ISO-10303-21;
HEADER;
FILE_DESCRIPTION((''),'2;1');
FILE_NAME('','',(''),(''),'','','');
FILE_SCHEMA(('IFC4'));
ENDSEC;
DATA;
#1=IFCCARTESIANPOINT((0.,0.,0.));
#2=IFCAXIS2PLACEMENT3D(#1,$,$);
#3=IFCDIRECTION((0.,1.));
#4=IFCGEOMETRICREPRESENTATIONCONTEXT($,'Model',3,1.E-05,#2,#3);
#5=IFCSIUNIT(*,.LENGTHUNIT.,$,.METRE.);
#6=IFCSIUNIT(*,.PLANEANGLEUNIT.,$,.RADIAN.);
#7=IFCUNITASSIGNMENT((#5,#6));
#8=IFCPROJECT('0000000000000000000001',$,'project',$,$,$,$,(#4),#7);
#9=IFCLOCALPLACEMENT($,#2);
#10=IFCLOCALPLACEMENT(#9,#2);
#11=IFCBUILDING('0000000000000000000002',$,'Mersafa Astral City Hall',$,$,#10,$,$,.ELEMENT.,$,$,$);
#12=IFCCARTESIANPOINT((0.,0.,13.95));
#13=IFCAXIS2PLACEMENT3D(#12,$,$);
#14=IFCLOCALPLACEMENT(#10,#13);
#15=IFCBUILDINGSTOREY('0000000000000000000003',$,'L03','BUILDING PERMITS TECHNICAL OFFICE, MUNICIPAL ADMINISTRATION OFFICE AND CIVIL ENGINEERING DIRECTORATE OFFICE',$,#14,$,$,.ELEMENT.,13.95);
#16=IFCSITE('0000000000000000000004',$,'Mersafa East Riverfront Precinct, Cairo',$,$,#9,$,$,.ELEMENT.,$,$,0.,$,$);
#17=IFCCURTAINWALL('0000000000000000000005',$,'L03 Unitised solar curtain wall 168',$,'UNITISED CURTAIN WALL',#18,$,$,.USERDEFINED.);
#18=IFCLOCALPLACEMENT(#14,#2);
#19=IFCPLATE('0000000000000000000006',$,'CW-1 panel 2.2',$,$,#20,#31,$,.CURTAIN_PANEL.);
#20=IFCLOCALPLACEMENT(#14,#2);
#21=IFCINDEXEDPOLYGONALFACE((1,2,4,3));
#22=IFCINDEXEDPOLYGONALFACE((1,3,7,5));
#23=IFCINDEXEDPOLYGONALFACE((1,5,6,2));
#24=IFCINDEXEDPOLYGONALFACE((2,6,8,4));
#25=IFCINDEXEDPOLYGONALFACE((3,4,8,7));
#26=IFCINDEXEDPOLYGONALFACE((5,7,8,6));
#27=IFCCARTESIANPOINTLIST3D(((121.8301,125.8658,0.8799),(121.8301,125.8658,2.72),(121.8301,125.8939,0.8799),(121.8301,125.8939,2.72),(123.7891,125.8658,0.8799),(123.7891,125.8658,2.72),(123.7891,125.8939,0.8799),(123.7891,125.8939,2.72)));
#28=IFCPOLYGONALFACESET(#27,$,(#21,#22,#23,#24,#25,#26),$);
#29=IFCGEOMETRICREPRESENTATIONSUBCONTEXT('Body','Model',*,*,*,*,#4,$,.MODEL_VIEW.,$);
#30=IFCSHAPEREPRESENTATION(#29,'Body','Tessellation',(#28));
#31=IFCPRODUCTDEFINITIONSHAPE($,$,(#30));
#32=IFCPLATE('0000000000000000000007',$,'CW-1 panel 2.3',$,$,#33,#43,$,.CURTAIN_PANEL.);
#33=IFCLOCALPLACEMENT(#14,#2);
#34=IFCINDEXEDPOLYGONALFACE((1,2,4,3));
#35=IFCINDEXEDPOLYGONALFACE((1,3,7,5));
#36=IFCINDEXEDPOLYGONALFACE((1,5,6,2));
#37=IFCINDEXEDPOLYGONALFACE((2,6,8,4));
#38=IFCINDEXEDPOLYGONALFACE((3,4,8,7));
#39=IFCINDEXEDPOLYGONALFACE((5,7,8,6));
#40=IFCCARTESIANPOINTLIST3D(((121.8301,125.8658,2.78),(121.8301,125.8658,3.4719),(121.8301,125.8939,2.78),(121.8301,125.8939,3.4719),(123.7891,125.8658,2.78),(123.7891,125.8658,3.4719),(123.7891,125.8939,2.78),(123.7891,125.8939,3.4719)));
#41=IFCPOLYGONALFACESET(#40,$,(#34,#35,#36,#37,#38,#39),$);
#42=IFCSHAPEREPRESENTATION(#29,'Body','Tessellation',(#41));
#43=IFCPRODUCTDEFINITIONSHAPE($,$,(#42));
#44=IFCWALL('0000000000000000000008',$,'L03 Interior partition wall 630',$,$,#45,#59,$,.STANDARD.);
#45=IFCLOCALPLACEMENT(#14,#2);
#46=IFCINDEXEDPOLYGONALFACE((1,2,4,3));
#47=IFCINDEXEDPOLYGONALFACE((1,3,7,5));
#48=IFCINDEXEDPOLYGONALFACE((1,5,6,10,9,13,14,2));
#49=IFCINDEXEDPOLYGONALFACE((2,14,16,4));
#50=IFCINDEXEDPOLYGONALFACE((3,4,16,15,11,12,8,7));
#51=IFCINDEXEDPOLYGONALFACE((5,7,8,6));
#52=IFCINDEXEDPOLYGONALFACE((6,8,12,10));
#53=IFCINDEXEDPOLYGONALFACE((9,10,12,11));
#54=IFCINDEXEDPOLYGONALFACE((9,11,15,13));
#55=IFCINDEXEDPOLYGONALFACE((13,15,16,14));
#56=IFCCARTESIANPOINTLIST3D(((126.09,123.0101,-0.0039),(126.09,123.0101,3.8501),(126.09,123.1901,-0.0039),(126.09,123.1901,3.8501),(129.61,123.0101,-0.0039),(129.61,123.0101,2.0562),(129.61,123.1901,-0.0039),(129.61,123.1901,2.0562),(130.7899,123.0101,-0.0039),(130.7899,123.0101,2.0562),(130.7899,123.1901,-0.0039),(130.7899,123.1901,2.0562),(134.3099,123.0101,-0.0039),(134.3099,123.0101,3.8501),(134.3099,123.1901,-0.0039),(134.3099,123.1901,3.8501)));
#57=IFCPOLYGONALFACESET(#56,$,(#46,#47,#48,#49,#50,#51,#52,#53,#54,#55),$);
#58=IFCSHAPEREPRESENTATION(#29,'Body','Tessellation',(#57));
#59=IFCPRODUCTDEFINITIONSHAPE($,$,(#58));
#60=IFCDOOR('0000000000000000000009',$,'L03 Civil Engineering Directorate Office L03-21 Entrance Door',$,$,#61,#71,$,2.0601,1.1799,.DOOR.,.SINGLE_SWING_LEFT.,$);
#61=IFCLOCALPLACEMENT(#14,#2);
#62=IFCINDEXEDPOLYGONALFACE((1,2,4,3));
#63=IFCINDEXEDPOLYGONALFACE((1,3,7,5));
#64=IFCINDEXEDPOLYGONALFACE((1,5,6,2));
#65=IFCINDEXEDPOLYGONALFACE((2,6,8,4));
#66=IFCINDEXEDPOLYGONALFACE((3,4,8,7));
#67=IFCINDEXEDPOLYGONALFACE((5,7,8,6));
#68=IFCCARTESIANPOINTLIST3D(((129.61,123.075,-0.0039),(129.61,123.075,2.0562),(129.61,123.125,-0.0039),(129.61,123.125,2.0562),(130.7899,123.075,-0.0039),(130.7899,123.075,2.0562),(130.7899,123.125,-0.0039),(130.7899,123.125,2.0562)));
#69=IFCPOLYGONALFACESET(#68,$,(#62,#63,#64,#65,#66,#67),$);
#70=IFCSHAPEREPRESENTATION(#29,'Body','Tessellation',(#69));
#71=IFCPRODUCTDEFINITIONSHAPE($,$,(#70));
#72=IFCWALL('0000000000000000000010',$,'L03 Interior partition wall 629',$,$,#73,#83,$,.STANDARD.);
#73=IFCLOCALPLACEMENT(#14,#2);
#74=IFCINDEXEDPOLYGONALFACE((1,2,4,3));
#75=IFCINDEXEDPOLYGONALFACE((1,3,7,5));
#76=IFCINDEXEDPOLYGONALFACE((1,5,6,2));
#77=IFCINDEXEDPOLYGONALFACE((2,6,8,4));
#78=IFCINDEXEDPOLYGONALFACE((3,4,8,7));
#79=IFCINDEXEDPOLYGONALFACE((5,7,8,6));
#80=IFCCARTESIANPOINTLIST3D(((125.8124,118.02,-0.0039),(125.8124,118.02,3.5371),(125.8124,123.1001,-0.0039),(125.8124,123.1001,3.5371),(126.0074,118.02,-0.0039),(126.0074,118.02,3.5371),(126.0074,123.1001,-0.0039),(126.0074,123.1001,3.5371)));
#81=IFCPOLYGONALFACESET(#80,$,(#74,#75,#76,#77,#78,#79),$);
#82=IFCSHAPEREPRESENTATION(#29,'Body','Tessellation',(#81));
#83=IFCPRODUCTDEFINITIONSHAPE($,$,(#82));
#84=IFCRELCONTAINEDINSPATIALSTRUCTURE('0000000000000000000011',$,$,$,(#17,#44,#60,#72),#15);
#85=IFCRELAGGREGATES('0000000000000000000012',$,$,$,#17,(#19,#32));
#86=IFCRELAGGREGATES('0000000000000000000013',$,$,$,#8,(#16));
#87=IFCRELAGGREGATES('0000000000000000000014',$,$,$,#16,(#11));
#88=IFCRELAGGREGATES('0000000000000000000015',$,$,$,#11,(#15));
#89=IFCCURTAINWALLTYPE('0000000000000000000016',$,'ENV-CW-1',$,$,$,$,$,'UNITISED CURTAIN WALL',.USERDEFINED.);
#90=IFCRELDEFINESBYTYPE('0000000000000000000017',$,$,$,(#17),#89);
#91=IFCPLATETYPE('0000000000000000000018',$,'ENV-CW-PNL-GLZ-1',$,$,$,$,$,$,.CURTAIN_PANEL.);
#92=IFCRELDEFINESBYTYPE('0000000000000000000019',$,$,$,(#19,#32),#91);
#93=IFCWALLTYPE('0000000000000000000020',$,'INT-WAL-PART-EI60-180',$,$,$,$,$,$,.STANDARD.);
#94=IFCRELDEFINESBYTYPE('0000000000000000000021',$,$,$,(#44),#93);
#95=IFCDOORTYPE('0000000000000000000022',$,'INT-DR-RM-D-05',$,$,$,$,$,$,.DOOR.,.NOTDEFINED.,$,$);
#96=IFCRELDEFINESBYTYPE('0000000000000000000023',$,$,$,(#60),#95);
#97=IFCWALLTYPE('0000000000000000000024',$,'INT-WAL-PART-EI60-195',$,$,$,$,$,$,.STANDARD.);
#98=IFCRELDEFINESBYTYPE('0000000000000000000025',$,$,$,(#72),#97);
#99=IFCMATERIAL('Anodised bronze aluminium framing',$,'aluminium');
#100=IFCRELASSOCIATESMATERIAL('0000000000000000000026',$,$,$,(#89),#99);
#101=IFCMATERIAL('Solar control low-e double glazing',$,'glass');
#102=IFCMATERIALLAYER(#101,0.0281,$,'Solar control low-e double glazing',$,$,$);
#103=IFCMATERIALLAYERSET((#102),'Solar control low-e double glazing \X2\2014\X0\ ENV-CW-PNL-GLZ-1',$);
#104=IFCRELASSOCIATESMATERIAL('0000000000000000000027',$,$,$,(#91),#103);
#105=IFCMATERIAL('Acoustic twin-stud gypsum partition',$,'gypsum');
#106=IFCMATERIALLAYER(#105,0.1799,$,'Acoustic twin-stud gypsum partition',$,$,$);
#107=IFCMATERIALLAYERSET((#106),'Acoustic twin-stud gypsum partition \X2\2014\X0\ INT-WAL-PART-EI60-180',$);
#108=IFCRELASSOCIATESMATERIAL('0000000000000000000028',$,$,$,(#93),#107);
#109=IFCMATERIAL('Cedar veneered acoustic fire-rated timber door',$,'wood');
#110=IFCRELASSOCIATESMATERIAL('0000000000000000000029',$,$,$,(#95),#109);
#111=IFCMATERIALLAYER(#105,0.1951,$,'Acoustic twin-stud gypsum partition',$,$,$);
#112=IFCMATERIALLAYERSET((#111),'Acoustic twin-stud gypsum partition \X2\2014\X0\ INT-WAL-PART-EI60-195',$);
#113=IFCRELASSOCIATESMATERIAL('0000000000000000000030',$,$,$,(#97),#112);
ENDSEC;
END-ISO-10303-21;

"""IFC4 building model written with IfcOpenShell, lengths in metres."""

from ifc_helpers import new_model, si_unit, direction, frame, frame_2d, origin, origin_2d, place, context, subcontext, project, spatial, rectangle, extrude, material, layer, layer_set, type_object, element, fill, aggregate, save


model = new_model("IFC4")

# Units and contexts
model_context = context("Model", 3, precision=1e-05, world=origin(), true_north=direction((0.0, 1.0)))
body_context = subcontext(model_context, "Body", "Model", "MODEL_VIEW")
ifc_project = project(units=[si_unit("LENGTHUNIT", "METRE"), si_unit("PLANEANGLEUNIT", "RADIAN")], contexts=[model_context])

# Site, building, storey
site_placement = place(None, origin())
site = spatial("IfcSite", under=ifc_project, at=site_placement, Name="Mersafa East Riverfront Precinct, Cairo", CompositionType="ELEMENT", RefElevation=0.0)
building_placement = place(site_placement, origin())
building = spatial("IfcBuilding", under=site, at=building_placement, Name="Mersafa Astral City Hall", CompositionType="ELEMENT")
storey_placement = place(building_placement, frame((0.0, 0.0, 13.95)))
storey = spatial("IfcBuildingStorey", under=building, at=storey_placement, Name="L03", Description="BUILDING PERMITS TECHNICAL OFFICE, MUNICIPAL ADMINISTRATION OFFICE AND CIVIL ENGINEERING DIRECTORATE OFFICE", CompositionType="ELEMENT", Elevation=13.95)

# Curtain wall
ifc_material_1 = material(Name="Anodised bronze aluminium framing", Category="aluminium")
curtain_wall_type = type_object("IfcCurtainWallType", Name="ENV-CW-1", ElementType="UNITISED CURTAIN WALL", PredefinedType="USERDEFINED", material=ifc_material_1)
curtain_wall_placement = place(storey_placement, origin())
curtain_wall = element("IfcCurtainWall", 1, at=curtain_wall_placement, inside=storey, type_object=curtain_wall_type, Name="L03 Unitised solar curtain wall 168", ObjectType="UNITISED CURTAIN WALL", PredefinedType="USERDEFINED")

# Plates
ifc_material_2 = material(Name="Solar control low-e double glazing", Category="glass")
ifc_layer_1 = layer(ifc_material_2, 0.0281, Name="Solar control low-e double glazing")
ifc_layer_set_1 = layer_set([ifc_layer_1], Name="Solar control low-e double glazing — ENV-CW-PNL-GLZ-1")
plate_type = type_object("IfcPlateType", Name="ENV-CW-PNL-GLZ-1", PredefinedType="CURTAIN_PANEL", material=ifc_layer_set_1)
plate_1_placement = place(storey_placement, frame((122.8096, 125.8799, 0.8799), z_axis=(0.0, 0.0, 1.0), x_axis=(-1.0, 0.0, 0.0)))
plate_1 = element("IfcPlate", 2, at=plate_1_placement, type_object=plate_type, Name="CW-1 panel 2.2", PredefinedType="CURTAIN_PANEL", context=body_context, shape_type="SweptSolid", body=[
    extrude(rectangle(XDim=1.959, YDim=0.0281, at=origin_2d()), origin(), (0.0, 0.0, 1.0), 1.8401),
])
plate_2_placement = place(storey_placement, frame((122.8096, 125.8799, 2.78), z_axis=(0.0, 0.0, 1.0), x_axis=(-1.0, 0.0, 0.0)))
plate_2 = element("IfcPlate", 3, at=plate_2_placement, type_object=plate_type, Name="CW-1 panel 2.3", PredefinedType="CURTAIN_PANEL", context=body_context, shape_type="SweptSolid", body=[
    extrude(rectangle(XDim=1.959, YDim=0.0281, at=origin_2d()), origin(), (0.0, 0.0, 1.0), 0.6919),
])
aggregate(curtain_wall, [plate_1, plate_2])

# Wall, opening, door
ifc_material_3 = material(Name="Acoustic twin-stud gypsum partition", Category="gypsum")
ifc_layer_2 = layer(ifc_material_3, 0.1799, Name="Acoustic twin-stud gypsum partition")
ifc_layer_set_2 = layer_set([ifc_layer_2], Name="Acoustic twin-stud gypsum partition — INT-WAL-PART-EI60-180")
wall_type_1 = type_object("IfcWallType", Name="INT-WAL-PART-EI60-180", PredefinedType="STANDARD", material=ifc_layer_set_2)
wall_1_placement = place(storey_placement, frame((126.0901, 123.1001, -0.0039), z_axis=(0.0, 0.0, 1.0), x_axis=(1.0, 0.0, 0.0)))
wall_1 = element("IfcWall", 4, at=wall_1_placement, inside=storey, type_object=wall_type_1, Name="L03 Interior partition wall 630", PredefinedType="STANDARD", context=body_context, shape_type="SweptSolid", body=[
    extrude(rectangle(XDim=8.22, YDim=0.1799, at=frame_2d((4.1099, 0.0))), origin(), (0.0, 0.0, 1.0), 3.854),
])
opening_placement = place(wall_1_placement, frame((3.52, 0.0, 0.0)))
opening = element("IfcOpeningElement", 5, at=opening_placement, cuts=wall_1, PredefinedType="OPENING", context=body_context, shape_type="SweptSolid", body=[
    extrude(rectangle(XDim=1.1799, YDim=2.0601, at=frame_2d((0.5898, 1.03))), frame((0.0, 0.0999, 0.0), z_axis=(0.0, -1.0, 0.0), x_axis=(1.0, 0.0, 0.0)), (0.0, 0.0, 1.0), 0.2),
])
ifc_material_4 = material(Name="Cedar veneered acoustic fire-rated timber door", Category="wood")
door_type = type_object("IfcDoorType", Name="INT-DR-RM-D-05", OperationType="NOTDEFINED", PredefinedType="DOOR", material=ifc_material_4)
door_placement = place(opening_placement, origin())
door = element("IfcDoor", 6, at=door_placement, inside=storey, type_object=door_type, Name="L03 Civil Engineering Directorate Office L03-21 Entrance Door", OperationType="SINGLE_SWING_LEFT", OverallHeight=2.0601, OverallWidth=1.1799, PredefinedType="DOOR", context=body_context, shape_type="SweptSolid", body=[
    extrude(rectangle(XDim=1.1799, YDim=2.0601, at=frame_2d((0.5898, 1.03))), frame((0.0, 0.0249, 0.0), z_axis=(0.0, -1.0, 0.0), x_axis=(1.0, 0.0, 0.0)), (0.0, 0.0, 1.0), 0.05),
])
fill(opening, door)

# Wall
ifc_layer_3 = layer(ifc_material_3, 0.1951, Name="Acoustic twin-stud gypsum partition")
ifc_layer_set_3 = layer_set([ifc_layer_3], Name="Acoustic twin-stud gypsum partition — INT-WAL-PART-EI60-195")
wall_type_2 = type_object("IfcWallType", Name="INT-WAL-PART-EI60-195", PredefinedType="STANDARD", material=ifc_layer_set_3)
wall_2_placement = place(storey_placement, frame((125.9099, 123.1001, -0.0039), z_axis=(0.0, 0.0, 1.0), x_axis=(0.0, -1.0, 0.0)))
element("IfcWall", 7, at=wall_2_placement, inside=storey, type_object=wall_type_2, Name="L03 Interior partition wall 629", PredefinedType="STANDARD", context=body_context, shape_type="SweptSolid", body=[
    extrude(rectangle(XDim=5.0801, YDim=0.1951, at=frame_2d((2.54, 0.0))), origin(), (0.0, 0.0, 1.0), 3.541),
])

save(model, "model.ifc")
